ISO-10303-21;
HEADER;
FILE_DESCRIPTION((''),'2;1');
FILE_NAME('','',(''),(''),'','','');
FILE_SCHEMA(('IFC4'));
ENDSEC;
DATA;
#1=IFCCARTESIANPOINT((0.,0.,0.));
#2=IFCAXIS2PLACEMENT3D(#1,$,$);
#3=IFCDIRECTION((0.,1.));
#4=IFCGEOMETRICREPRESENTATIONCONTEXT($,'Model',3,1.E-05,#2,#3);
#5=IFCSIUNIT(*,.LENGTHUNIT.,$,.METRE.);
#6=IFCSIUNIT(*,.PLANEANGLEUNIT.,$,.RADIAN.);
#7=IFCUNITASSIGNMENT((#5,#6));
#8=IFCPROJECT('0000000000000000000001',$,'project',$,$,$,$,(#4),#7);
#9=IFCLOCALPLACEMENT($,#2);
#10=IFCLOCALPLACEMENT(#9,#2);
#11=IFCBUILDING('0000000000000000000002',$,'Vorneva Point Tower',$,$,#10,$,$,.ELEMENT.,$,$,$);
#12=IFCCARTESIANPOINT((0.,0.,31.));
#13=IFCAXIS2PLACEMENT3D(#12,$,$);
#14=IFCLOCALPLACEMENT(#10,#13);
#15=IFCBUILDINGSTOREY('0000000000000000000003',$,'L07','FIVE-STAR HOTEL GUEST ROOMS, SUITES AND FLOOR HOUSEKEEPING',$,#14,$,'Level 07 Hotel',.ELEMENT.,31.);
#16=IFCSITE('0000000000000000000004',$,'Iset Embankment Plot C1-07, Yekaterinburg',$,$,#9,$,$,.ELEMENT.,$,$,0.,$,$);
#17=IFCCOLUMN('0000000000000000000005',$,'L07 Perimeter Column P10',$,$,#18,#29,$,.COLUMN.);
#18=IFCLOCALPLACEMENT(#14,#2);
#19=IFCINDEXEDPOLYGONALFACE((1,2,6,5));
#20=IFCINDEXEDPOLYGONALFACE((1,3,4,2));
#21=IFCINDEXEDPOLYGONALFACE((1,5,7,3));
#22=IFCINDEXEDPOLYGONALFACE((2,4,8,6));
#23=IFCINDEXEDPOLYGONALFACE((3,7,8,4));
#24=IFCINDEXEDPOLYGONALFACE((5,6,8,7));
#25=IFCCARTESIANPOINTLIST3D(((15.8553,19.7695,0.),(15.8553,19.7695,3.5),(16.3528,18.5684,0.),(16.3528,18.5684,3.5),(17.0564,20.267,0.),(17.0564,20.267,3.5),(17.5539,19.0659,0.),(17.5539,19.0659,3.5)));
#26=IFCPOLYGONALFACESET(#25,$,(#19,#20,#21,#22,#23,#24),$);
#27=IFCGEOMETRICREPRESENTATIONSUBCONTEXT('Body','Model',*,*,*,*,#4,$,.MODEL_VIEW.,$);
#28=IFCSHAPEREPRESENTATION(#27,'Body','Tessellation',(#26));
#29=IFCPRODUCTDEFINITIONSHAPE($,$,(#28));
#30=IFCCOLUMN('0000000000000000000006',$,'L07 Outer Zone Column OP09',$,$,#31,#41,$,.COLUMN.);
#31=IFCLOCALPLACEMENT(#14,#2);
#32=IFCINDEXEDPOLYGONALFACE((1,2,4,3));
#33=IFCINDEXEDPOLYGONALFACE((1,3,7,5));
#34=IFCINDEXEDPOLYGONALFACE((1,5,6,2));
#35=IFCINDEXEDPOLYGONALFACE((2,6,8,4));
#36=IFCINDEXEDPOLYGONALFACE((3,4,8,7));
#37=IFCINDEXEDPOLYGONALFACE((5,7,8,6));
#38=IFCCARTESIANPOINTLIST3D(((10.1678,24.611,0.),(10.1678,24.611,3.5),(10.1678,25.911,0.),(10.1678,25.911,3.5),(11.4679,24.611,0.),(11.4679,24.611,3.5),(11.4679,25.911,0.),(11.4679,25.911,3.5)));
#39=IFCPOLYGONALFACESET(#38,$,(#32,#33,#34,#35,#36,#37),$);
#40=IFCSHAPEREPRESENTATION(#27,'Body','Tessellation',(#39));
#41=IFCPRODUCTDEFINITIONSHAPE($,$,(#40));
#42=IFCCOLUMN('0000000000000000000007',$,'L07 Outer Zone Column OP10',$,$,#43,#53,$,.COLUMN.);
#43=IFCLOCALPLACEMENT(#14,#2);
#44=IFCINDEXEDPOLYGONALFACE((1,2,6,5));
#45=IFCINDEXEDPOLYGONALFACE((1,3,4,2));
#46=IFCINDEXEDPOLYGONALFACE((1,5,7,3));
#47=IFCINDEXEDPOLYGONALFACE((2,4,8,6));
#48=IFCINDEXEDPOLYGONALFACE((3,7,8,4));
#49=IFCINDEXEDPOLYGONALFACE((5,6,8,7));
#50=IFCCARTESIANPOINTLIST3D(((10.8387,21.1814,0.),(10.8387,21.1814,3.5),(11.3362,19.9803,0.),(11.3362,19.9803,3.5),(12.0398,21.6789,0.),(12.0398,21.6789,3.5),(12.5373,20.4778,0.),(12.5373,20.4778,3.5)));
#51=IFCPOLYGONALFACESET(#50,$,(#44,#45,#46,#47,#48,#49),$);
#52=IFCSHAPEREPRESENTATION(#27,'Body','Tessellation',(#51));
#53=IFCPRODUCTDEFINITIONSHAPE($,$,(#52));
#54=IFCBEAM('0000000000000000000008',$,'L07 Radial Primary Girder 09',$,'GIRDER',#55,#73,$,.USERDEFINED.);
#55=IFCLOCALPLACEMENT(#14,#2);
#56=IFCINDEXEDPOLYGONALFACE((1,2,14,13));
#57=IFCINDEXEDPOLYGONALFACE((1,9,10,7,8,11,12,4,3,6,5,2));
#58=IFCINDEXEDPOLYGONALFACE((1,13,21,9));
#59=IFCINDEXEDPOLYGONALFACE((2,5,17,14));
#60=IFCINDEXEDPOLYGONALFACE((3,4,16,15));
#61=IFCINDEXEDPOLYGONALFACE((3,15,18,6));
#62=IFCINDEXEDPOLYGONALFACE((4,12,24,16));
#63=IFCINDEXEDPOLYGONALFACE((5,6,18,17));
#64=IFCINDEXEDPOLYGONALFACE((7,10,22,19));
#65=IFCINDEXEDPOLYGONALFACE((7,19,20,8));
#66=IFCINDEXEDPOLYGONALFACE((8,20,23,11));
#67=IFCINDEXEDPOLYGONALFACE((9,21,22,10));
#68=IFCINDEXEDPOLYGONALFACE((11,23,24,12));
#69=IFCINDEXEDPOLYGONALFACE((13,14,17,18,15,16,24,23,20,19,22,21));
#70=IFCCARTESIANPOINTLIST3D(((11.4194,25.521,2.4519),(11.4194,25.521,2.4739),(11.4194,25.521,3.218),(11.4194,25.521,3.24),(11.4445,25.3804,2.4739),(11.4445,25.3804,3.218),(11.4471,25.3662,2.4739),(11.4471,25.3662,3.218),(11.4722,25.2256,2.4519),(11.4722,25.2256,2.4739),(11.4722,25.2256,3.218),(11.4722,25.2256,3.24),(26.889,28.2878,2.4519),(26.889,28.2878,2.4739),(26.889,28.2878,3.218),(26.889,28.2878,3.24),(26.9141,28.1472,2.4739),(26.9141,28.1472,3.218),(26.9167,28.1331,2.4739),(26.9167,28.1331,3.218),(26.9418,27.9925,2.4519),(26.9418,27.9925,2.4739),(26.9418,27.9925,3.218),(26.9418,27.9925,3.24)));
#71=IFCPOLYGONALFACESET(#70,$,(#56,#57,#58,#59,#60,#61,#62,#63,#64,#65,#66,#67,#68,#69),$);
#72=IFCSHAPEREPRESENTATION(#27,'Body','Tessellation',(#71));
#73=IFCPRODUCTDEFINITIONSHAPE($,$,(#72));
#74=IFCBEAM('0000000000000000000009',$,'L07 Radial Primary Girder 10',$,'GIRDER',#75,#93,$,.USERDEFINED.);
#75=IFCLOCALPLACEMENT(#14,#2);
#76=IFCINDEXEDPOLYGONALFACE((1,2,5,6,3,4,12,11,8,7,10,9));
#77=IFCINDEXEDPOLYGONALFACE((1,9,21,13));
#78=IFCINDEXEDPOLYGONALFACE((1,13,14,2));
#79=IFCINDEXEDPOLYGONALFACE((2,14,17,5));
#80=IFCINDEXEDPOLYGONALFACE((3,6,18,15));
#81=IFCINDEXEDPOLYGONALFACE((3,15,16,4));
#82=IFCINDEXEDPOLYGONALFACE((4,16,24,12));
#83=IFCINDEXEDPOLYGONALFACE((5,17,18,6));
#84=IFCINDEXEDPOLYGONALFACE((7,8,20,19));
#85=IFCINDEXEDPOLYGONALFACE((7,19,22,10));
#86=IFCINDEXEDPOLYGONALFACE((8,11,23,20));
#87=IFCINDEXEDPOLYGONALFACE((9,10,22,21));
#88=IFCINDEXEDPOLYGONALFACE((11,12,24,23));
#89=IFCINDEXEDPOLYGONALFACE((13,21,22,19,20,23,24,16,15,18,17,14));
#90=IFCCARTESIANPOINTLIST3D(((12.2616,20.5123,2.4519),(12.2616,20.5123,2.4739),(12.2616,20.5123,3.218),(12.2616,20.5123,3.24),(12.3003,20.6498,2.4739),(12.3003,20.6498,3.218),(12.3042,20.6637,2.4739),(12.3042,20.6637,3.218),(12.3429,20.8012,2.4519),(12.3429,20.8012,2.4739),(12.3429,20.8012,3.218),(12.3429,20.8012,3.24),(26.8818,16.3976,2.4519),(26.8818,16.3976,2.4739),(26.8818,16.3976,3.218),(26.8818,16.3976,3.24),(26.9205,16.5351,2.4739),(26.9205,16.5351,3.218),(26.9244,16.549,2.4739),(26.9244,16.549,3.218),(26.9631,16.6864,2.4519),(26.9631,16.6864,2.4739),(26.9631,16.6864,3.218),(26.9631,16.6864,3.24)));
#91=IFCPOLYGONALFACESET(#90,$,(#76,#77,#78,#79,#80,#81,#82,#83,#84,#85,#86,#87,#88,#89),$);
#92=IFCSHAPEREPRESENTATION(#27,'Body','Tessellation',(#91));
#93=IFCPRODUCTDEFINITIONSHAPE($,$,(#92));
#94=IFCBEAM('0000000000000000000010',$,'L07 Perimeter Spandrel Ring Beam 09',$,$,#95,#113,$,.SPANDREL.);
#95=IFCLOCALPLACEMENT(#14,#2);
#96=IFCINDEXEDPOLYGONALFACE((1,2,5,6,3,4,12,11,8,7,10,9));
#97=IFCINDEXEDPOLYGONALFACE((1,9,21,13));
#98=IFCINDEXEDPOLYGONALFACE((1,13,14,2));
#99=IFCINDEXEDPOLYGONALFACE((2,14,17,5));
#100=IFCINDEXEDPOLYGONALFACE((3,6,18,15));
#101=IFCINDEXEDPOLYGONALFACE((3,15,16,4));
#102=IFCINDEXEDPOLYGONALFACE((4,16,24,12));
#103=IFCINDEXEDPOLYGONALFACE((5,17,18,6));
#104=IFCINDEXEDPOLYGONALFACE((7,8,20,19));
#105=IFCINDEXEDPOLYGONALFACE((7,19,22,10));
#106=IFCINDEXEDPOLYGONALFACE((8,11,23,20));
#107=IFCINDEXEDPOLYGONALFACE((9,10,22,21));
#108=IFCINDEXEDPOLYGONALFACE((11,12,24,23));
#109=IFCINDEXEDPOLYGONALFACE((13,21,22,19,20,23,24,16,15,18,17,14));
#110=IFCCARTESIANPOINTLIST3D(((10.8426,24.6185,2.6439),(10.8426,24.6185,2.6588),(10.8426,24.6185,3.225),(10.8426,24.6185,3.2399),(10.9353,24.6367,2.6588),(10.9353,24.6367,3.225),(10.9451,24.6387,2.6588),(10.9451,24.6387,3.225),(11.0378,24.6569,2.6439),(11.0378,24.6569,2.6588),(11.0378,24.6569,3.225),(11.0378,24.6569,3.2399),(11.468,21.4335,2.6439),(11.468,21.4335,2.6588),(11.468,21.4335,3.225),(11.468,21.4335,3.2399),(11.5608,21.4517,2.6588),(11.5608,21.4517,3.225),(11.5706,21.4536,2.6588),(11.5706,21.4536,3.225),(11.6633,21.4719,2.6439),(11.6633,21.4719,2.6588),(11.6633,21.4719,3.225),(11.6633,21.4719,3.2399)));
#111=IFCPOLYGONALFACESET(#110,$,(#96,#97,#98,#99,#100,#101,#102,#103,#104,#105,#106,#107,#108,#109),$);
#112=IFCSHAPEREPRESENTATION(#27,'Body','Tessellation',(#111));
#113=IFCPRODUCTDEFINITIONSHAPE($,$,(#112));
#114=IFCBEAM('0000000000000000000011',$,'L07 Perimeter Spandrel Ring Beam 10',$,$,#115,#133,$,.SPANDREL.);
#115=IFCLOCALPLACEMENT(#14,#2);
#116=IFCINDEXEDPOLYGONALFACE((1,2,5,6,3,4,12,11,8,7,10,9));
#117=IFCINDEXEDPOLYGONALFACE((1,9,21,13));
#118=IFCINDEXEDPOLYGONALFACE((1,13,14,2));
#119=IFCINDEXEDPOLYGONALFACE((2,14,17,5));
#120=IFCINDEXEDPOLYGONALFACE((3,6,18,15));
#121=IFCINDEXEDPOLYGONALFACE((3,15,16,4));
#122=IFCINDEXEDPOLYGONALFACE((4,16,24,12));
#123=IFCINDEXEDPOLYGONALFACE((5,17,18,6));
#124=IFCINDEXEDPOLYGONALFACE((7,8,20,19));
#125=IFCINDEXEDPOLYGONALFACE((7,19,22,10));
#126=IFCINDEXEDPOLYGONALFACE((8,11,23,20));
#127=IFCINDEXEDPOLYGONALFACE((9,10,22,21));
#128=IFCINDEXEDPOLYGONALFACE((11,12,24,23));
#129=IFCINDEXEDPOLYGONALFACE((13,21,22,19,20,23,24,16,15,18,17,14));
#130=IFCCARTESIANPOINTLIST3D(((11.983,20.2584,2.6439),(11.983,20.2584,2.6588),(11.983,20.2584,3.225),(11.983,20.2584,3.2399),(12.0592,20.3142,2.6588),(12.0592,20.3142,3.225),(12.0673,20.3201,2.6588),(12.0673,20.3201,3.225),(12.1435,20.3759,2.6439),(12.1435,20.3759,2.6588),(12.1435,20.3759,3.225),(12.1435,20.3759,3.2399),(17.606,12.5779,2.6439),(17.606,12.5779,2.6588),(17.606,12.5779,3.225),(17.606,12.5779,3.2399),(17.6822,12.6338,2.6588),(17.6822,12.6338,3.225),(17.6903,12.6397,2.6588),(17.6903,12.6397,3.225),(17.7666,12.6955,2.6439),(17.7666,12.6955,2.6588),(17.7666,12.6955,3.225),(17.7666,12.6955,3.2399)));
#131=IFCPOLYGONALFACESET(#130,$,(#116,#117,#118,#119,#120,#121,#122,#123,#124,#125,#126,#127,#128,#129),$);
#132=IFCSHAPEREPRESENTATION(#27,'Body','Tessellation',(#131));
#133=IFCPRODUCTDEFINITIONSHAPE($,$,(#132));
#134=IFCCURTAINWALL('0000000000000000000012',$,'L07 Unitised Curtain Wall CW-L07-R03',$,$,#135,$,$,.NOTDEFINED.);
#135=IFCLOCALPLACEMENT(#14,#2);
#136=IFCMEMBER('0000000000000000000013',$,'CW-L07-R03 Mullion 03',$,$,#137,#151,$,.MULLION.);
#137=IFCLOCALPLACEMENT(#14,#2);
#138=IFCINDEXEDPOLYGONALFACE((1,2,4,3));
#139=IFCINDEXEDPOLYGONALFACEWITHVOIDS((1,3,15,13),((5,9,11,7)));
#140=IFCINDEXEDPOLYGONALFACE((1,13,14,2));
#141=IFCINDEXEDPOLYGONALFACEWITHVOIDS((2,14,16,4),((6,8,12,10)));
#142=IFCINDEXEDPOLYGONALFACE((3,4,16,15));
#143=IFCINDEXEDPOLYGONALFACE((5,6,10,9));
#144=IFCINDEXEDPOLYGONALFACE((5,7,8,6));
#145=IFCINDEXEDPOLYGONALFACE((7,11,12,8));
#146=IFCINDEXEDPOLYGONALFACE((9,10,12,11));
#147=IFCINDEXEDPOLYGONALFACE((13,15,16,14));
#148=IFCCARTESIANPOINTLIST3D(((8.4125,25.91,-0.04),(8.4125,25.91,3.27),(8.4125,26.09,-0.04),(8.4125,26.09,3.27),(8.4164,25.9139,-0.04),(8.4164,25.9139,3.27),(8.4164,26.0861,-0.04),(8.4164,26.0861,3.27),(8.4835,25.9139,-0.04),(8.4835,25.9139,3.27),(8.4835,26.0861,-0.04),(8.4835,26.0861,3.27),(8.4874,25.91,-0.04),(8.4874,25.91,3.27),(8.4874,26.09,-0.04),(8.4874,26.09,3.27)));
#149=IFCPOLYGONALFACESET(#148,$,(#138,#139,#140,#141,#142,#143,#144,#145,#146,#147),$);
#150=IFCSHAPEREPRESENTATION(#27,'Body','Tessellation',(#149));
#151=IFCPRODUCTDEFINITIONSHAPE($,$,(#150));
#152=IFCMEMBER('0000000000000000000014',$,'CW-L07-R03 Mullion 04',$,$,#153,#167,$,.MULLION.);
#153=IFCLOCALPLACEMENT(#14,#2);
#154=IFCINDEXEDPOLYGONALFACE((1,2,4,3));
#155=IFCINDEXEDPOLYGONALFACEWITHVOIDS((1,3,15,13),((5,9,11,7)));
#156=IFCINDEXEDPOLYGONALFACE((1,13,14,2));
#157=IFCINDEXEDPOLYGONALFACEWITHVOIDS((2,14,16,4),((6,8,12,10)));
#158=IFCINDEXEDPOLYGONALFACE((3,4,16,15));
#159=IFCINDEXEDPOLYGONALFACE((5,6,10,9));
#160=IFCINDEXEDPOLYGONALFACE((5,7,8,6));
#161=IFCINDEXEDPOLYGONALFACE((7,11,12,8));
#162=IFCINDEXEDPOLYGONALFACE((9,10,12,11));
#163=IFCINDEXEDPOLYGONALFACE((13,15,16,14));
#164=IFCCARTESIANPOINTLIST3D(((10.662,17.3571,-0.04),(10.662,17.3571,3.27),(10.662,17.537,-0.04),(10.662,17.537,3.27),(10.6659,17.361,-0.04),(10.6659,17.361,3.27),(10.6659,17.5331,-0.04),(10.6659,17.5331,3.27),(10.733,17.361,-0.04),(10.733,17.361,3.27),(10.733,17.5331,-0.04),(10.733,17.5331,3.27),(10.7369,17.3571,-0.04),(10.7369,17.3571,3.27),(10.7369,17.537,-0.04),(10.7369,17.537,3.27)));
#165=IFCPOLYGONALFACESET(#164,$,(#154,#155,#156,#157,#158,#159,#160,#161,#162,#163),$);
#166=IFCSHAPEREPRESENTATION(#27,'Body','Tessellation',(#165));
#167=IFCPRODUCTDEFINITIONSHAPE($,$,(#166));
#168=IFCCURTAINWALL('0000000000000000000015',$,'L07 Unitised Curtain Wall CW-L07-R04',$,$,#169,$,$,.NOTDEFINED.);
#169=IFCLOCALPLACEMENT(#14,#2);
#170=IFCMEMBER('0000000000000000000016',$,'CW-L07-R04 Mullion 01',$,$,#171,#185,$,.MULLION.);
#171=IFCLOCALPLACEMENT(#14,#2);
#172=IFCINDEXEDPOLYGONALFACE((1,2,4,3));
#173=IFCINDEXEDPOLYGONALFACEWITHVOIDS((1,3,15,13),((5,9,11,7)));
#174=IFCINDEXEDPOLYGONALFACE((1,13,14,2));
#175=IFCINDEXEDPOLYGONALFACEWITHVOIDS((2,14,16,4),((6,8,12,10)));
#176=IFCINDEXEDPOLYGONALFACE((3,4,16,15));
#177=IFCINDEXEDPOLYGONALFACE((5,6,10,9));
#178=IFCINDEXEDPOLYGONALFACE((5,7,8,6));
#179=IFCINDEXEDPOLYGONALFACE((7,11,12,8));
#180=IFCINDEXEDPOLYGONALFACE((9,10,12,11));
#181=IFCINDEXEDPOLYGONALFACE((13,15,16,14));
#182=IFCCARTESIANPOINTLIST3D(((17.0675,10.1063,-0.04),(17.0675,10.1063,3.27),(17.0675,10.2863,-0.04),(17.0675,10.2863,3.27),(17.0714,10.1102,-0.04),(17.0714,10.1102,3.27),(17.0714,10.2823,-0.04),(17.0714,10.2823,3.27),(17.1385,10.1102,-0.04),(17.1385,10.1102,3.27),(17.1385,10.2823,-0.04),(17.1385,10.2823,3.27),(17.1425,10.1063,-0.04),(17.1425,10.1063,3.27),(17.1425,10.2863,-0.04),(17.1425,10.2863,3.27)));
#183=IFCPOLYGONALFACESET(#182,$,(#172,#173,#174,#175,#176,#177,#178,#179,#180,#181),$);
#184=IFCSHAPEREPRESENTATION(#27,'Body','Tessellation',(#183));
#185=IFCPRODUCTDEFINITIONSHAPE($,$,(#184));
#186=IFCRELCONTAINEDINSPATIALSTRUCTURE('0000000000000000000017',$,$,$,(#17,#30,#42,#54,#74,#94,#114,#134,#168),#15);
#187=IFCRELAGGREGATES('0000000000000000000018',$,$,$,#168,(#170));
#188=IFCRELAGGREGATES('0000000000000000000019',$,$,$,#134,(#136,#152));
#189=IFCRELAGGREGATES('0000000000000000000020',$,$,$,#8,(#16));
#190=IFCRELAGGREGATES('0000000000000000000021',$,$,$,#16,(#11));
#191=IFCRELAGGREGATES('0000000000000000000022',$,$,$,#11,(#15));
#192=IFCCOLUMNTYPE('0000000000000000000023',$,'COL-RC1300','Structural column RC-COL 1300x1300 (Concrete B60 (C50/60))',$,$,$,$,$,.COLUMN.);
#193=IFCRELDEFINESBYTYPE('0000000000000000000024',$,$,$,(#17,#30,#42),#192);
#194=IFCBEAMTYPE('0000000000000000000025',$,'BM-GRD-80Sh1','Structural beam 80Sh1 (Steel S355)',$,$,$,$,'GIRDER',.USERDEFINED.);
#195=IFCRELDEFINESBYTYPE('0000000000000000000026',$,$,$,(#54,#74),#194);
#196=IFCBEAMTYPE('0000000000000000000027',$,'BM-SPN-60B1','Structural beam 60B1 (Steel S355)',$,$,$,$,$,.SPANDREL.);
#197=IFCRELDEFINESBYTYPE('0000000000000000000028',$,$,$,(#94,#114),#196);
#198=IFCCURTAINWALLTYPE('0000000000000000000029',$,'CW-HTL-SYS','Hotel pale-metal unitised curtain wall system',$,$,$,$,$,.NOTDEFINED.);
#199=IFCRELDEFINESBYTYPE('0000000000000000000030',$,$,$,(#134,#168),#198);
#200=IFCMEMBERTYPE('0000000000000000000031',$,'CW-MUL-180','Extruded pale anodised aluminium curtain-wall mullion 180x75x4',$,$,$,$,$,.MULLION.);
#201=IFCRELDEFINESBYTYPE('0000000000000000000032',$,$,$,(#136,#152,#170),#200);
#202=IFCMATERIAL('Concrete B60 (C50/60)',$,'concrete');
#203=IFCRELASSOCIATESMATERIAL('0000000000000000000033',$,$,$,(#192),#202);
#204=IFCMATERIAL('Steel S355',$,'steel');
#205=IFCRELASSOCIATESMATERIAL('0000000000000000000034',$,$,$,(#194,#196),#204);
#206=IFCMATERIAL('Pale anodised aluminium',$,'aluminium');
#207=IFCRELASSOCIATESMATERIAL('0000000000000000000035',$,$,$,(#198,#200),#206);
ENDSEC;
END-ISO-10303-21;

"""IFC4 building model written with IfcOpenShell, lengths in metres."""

from ifc_helpers import new_model, si_unit, direction, frame, origin, origin_2d, place, context, subcontext, project, spatial, rectangle, hollow_rectangle, i_section, extrude, material, material_profile, profile_set, type_object, element, aggregate, save


model = new_model("IFC4")

# Units and contexts
model_context = context("Model", 3, precision=1e-05, world=origin(), true_north=direction((0.0, 1.0)))
body_context = subcontext(model_context, "Body", "Model", "MODEL_VIEW")
ifc_project = project(units=[si_unit("LENGTHUNIT", "METRE"), si_unit("PLANEANGLEUNIT", "RADIAN")], contexts=[model_context])

# Site, building, storey
site_placement = place(None, origin())
site = spatial("IfcSite", under=ifc_project, at=site_placement, Name="Iset Embankment Plot C1-07, Yekaterinburg", CompositionType="ELEMENT", RefElevation=0.0)
building_placement = place(site_placement, origin())
building = spatial("IfcBuilding", under=site, at=building_placement, Name="Vorneva Point Tower", CompositionType="ELEMENT")
storey_placement = place(building_placement, frame((0.0, 0.0, 31.0)))
storey = spatial("IfcBuildingStorey", under=building, at=storey_placement, Name="L07", Description="FIVE-STAR HOTEL GUEST ROOMS, SUITES AND FLOOR HOUSEKEEPING", LongName="Level 07 Hotel", CompositionType="ELEMENT", Elevation=31.0)

# Columns
ifc_material_1 = material(Name="Concrete B60 (C50/60)", Category="concrete")
ifc_material_profile_1 = material_profile(ifc_material_1, rectangle(XDim=1.3, YDim=1.3, at=origin_2d()), Name="RC-COL 1300x1300")
ifc_profile_set_1 = profile_set([ifc_material_profile_1], Name="Concrete B60 (C50/60)")
column_type = type_object("IfcColumnType", Name="COL-RC1300", Description="Structural column RC-COL 1300x1300 (Concrete B60 (C50/60))", PredefinedType="COLUMN", material=ifc_profile_set_1)
for number, where, z_axis, x_axis, name in (
    (1, (16.7046, 19.4177, 0.0), (0.0, 0.0, 1.0), (-0.92388, -0.382683, 0.0), "L07 Perimeter Column P10"),
    (2, (10.8179, 25.261, 0.0), (0.0, 0.0, 1.0), (-1.0, 0.0, 0.0), "L07 Outer Zone Column OP09"),
    (3, (11.688, 20.8296, 0.0), (0.0, 0.0, 1.0), (-0.92388, -0.382683, 0.0), "L07 Outer Zone Column OP10"),
):
    element("IfcColumn", number, at=place(storey_placement, frame(where, z_axis=z_axis, x_axis=x_axis)), inside=storey, type_object=column_type, Name=name, PredefinedType="COLUMN", context=body_context, shape_type="SweptSolid", body=[
        extrude(rectangle(XDim=1.3, YDim=1.3, at=origin_2d()), origin(), (0.0, 0.0, 1.0), 3.5),
    ])

# Beams
ifc_material_2 = material(Name="Steel S355", Category="steel")
ifc_material_profile_2 = material_profile(ifc_material_2, i_section(OverallWidth=0.3, OverallDepth=0.7881, WebThickness=0.0144, FlangeThickness=0.022, at=origin_2d()), Name="80Sh1")
ifc_profile_set_2 = profile_set([ifc_material_profile_2], Name="Steel S355")
beam_type_1 = type_object("IfcBeamType", Name="BM-GRD-80Sh1", Description="Structural beam 80Sh1 (Steel S355)", ElementType="GIRDER", PredefinedType="USERDEFINED", material=ifc_profile_set_2)
beam_1_placement = place(storey_placement, frame((11.4458, 25.3733, 2.8459), z_axis=(0.984379, 0.176064, 0.0), x_axis=(-0.176064, 0.984379, 0.0)))
element("IfcBeam", 4, at=beam_1_placement, inside=storey, type_object=beam_type_1, Name="L07 Radial Primary Girder 09", ObjectType="GIRDER", PredefinedType="USERDEFINED", context=body_context, shape_type="SweptSolid", body=[
    extrude(i_section(OverallWidth=0.3, OverallDepth=0.7881, WebThickness=0.0144, FlangeThickness=0.022, at=origin_2d()), origin(), (0.0, 0.0, 1.0), 15.7151),
])
beam_2_placement = place(storey_placement, frame((12.3022, 20.6567, 2.8459), z_axis=(0.962603, -0.270915, 0.0), x_axis=(0.270915, 0.962603, 0.0)))
element("IfcBeam", 5, at=beam_2_placement, inside=storey, type_object=beam_type_1, Name="L07 Radial Primary Girder 10", ObjectType="GIRDER", PredefinedType="USERDEFINED", context=body_context, shape_type="SweptSolid", body=[
    extrude(i_section(OverallWidth=0.3, OverallDepth=0.7881, WebThickness=0.0144, FlangeThickness=0.022, at=origin_2d()), origin(), (0.0, 0.0, 1.0), 15.1882),
])
ifc_material_profile_3 = material_profile(ifc_material_2, i_section(OverallWidth=0.199, OverallDepth=0.5959, WebThickness=0.01, FlangeThickness=0.0149, at=origin_2d()), Name="60B1")
ifc_profile_set_3 = profile_set([ifc_material_profile_3], Name="Steel S355")
beam_type_2 = type_object("IfcBeamType", Name="BM-SPN-60B1", Description="Structural beam 60B1 (Steel S355)", PredefinedType="SPANDREL", material=ifc_profile_set_3)
beam_3_placement = place(storey_placement, frame((10.9402, 24.6377, 2.9419), z_axis=(0.192701, -0.981257, 0.0), x_axis=(0.981257, 0.192701, 0.0)))
element("IfcBeam", 6, at=beam_3_placement, inside=storey, type_object=beam_type_2, Name="L07 Perimeter Spandrel Ring Beam 09", PredefinedType="SPANDREL", context=body_context, shape_type="SweptSolid", body=[
    extrude(i_section(OverallWidth=0.199, OverallDepth=0.5959, WebThickness=0.01, FlangeThickness=0.0149, at=origin_2d()), origin(), (0.0, 0.0, 1.0), 3.2458),
])
beam_4_placement = place(storey_placement, frame((12.0632, 20.3171, 2.9419), z_axis=(0.590731, -0.806869, 0.0), x_axis=(0.806869, 0.590731, 0.0)))
element("IfcBeam", 7, at=beam_4_placement, inside=storey, type_object=beam_type_2, Name="L07 Perimeter Spandrel Ring Beam 10", PredefinedType="SPANDREL", context=body_context, shape_type="SweptSolid", body=[
    extrude(i_section(OverallWidth=0.199, OverallDepth=0.5959, WebThickness=0.01, FlangeThickness=0.0149, at=origin_2d()), origin(), (0.0, 0.0, 1.0), 9.5188),
])

# Curtain wall, members
ifc_material_3 = material(Name="Pale anodised aluminium", Category="aluminium")
curtain_wall_type = type_object("IfcCurtainWallType", Name="CW-HTL-SYS", Description="Hotel pale-metal unitised curtain wall system", PredefinedType="NOTDEFINED", material=ifc_material_3)
curtain_wall_1_placement = place(storey_placement, origin())
curtain_wall_1 = element("IfcCurtainWall", 8, at=curtain_wall_1_placement, inside=storey, type_object=curtain_wall_type, Name="L07 Unitised Curtain Wall CW-L07-R03", PredefinedType="NOTDEFINED")
ifc_material_profile_4 = material_profile(ifc_material_3, hollow_rectangle(XDim=0.075, YDim=0.1799, WallThickness=0.0039, at=origin_2d()), Name="AL-MUL 180x75x4")
ifc_profile_set_4 = profile_set([ifc_material_profile_4], Name="Pale anodised aluminium")
member_type_1 = type_object("IfcMemberType", Name="CW-MUL-180", Description="Extruded pale anodised aluminium curtain-wall mullion 180x75x4", PredefinedType="MULLION", material=ifc_profile_set_4)
member_1_placement = place(storey_placement, frame((8.45, 26.0, -0.04), z_axis=(0.0, 0.0, 1.0), x_axis=(1.0, 0.0, 0.0)))
member_1 = element("IfcMember", 9, at=member_1_placement, type_object=member_type_1, Name="CW-L07-R03 Mullion 03", PredefinedType="MULLION", context=body_context, shape_type="SweptSolid", body=[
    extrude(hollow_rectangle(XDim=0.075, YDim=0.1799, WallThickness=0.0039, at=origin_2d()), origin(), (0.0, 0.0, 1.0), 3.3101),
])
member_2_placement = place(storey_placement, frame((10.6995, 17.447, -0.04), z_axis=(0.0, 0.0, 1.0), x_axis=(1.0, 0.0, 0.0)))
member_2 = element("IfcMember", 10, at=member_2_placement, type_object=member_type_1, Name="CW-L07-R03 Mullion 04", PredefinedType="MULLION", context=body_context, shape_type="SweptSolid", body=[
    extrude(hollow_rectangle(XDim=0.075, YDim=0.1799, WallThickness=0.0039, at=origin_2d()), origin(), (0.0, 0.0, 1.0), 3.3101),
])

# Curtain wall, member
curtain_wall_2_placement = place(storey_placement, origin())
curtain_wall_2 = element("IfcCurtainWall", 11, at=curtain_wall_2_placement, inside=storey, type_object=curtain_wall_type, Name="L07 Unitised Curtain Wall CW-L07-R04", PredefinedType="NOTDEFINED")
member_3_placement = place(storey_placement, frame((17.105, 10.1963, -0.04), z_axis=(0.0, 0.0, 1.0), x_axis=(1.0, 0.0, 0.0)))
member_3 = element("IfcMember", 12, at=member_3_placement, type_object=member_type_1, Name="CW-L07-R04 Mullion 01", PredefinedType="MULLION", context=body_context, shape_type="SweptSolid", body=[
    extrude(hollow_rectangle(XDim=0.075, YDim=0.1799, WallThickness=0.0039, at=origin_2d()), origin(), (0.0, 0.0, 1.0), 3.3101),
])

aggregate(curtain_wall_2, [member_3])

aggregate(curtain_wall_1, [member_1, member_2])

save(model, "model.ifc")
